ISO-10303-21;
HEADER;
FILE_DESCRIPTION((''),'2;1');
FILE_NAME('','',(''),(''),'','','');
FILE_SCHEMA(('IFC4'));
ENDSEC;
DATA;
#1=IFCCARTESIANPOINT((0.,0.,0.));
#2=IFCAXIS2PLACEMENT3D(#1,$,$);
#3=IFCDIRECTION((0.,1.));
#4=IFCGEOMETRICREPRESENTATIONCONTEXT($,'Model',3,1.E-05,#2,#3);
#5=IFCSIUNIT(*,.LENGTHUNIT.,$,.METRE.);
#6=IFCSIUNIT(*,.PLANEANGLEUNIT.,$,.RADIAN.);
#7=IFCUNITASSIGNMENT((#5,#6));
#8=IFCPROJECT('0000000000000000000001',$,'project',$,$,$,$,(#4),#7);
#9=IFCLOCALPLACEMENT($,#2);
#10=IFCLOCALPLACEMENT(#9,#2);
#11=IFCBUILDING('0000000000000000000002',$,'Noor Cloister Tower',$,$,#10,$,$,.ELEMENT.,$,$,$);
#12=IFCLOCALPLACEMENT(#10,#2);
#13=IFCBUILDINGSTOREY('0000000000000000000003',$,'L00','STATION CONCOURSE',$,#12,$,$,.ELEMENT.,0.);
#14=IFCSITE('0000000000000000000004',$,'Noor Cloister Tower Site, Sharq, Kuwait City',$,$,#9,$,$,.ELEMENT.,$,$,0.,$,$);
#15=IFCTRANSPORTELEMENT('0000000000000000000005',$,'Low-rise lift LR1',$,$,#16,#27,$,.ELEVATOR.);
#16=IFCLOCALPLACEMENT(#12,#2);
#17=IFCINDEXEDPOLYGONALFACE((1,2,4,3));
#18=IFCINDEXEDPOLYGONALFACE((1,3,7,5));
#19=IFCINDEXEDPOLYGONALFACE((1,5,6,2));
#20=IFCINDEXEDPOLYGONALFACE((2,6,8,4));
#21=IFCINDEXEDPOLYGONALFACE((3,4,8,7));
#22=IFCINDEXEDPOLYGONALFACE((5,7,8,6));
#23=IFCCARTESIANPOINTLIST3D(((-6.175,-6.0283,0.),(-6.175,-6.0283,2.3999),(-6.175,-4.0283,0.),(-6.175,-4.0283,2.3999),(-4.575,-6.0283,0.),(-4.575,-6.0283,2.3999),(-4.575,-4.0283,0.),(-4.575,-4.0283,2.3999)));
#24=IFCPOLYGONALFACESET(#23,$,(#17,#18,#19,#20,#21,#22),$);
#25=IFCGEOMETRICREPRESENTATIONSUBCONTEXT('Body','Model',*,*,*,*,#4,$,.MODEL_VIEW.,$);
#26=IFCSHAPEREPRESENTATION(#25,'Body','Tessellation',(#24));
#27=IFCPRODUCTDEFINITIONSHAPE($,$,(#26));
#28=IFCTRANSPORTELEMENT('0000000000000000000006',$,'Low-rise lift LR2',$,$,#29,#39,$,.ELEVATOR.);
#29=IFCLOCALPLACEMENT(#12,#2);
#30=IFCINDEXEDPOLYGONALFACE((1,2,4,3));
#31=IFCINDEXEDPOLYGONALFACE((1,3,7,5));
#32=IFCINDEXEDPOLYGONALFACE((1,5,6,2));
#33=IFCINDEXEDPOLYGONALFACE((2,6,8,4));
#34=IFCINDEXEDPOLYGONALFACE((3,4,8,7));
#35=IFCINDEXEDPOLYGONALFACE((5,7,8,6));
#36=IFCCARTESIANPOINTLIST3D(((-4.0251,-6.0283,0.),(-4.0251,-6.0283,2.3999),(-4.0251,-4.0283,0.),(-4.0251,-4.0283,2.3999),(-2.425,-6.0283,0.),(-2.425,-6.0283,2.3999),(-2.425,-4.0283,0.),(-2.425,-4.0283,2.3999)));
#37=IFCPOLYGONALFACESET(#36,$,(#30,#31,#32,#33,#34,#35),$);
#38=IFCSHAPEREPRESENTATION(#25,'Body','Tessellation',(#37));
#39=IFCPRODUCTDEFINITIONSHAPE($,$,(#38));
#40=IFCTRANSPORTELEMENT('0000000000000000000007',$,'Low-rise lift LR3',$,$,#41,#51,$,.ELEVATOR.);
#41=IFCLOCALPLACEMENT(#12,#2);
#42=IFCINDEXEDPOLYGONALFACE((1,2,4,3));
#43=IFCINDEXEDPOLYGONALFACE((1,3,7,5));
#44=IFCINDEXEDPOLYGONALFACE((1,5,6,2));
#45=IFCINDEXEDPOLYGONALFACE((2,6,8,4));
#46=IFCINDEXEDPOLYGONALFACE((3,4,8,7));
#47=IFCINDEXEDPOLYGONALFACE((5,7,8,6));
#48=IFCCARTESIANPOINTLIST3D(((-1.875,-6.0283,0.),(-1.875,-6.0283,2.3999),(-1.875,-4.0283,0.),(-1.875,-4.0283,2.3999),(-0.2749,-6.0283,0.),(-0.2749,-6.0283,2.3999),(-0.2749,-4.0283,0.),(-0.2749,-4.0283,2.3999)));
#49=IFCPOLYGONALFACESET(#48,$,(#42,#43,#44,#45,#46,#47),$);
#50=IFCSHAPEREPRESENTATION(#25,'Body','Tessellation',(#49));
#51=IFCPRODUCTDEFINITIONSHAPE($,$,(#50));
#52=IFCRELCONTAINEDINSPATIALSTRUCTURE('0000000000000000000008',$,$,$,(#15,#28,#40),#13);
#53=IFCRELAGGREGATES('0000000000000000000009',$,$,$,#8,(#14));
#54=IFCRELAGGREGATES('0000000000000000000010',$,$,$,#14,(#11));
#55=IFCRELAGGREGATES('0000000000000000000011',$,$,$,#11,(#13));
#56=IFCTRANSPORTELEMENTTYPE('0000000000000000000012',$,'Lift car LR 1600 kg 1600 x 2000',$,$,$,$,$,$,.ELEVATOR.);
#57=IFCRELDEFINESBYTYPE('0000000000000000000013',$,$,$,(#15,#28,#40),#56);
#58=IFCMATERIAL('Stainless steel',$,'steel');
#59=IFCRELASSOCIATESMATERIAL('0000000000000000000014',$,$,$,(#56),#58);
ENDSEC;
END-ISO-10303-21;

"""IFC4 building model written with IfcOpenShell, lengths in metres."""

from ifc_helpers import new_model, si_unit, direction, frame, origin, origin_2d, place, context, subcontext, project, spatial, rectangle, extrude, material, type_object, element, save


model = new_model("IFC4")

# Units and contexts
model_context = context("Model", 3, precision=1e-05, world=origin(), true_north=direction((0.0, 1.0)))
body_context = subcontext(model_context, "Body", "Model", "MODEL_VIEW")
ifc_project = project(units=[si_unit("LENGTHUNIT", "METRE"), si_unit("PLANEANGLEUNIT", "RADIAN")], contexts=[model_context])

# Site, building, storey
site_placement = place(None, origin())
site = spatial("IfcSite", under=ifc_project, at=site_placement, Name="Noor Cloister Tower Site, Sharq, Kuwait City", CompositionType="ELEMENT", RefElevation=0.0)
building_placement = place(site_placement, origin())
building = spatial("IfcBuilding", under=site, at=building_placement, Name="Noor Cloister Tower", CompositionType="ELEMENT")
storey_placement = place(building_placement, origin())
storey = spatial("IfcBuildingStorey", under=building, at=storey_placement, Name="L00", Description="STATION CONCOURSE", CompositionType="ELEMENT", Elevation=0.0)

# Transport elements
ifc_material_1 = material(Name="Stainless steel", Category="steel")
transport_element_type = type_object("IfcTransportElementType", Name="Lift car LR 1600 kg 1600 x 2000", PredefinedType="ELEVATOR", material=ifc_material_1)
for number, where, z_axis, x_axis, name in (
    (1, (-5.375, -5.0283, 0.0), (0.0, 0.0, 1.0), (1.0, 0.0, 0.0), "Low-rise lift LR1"),
    (2, (-3.2251, -5.0283, 0.0), (0.0, 0.0, 1.0), (1.0, 0.0, 0.0), "Low-rise lift LR2"),
    (3, (-1.075, -5.0283, 0.0), (0.0, 0.0, 1.0), (1.0, 0.0, 0.0), "Low-rise lift LR3"),
):
    element("IfcTransportElement", number, at=place(storey_placement, frame(where, z_axis=z_axis, x_axis=x_axis)), inside=storey, type_object=transport_element_type, Name=name, PredefinedType="ELEVATOR", context=body_context, shape_type="SweptSolid", body=[
        extrude(rectangle(XDim=1.6001, YDim=2.0, at=origin_2d()), origin(), (0.0, 0.0, 1.0), 2.3999),
    ])

save(model, "model.ifc")
